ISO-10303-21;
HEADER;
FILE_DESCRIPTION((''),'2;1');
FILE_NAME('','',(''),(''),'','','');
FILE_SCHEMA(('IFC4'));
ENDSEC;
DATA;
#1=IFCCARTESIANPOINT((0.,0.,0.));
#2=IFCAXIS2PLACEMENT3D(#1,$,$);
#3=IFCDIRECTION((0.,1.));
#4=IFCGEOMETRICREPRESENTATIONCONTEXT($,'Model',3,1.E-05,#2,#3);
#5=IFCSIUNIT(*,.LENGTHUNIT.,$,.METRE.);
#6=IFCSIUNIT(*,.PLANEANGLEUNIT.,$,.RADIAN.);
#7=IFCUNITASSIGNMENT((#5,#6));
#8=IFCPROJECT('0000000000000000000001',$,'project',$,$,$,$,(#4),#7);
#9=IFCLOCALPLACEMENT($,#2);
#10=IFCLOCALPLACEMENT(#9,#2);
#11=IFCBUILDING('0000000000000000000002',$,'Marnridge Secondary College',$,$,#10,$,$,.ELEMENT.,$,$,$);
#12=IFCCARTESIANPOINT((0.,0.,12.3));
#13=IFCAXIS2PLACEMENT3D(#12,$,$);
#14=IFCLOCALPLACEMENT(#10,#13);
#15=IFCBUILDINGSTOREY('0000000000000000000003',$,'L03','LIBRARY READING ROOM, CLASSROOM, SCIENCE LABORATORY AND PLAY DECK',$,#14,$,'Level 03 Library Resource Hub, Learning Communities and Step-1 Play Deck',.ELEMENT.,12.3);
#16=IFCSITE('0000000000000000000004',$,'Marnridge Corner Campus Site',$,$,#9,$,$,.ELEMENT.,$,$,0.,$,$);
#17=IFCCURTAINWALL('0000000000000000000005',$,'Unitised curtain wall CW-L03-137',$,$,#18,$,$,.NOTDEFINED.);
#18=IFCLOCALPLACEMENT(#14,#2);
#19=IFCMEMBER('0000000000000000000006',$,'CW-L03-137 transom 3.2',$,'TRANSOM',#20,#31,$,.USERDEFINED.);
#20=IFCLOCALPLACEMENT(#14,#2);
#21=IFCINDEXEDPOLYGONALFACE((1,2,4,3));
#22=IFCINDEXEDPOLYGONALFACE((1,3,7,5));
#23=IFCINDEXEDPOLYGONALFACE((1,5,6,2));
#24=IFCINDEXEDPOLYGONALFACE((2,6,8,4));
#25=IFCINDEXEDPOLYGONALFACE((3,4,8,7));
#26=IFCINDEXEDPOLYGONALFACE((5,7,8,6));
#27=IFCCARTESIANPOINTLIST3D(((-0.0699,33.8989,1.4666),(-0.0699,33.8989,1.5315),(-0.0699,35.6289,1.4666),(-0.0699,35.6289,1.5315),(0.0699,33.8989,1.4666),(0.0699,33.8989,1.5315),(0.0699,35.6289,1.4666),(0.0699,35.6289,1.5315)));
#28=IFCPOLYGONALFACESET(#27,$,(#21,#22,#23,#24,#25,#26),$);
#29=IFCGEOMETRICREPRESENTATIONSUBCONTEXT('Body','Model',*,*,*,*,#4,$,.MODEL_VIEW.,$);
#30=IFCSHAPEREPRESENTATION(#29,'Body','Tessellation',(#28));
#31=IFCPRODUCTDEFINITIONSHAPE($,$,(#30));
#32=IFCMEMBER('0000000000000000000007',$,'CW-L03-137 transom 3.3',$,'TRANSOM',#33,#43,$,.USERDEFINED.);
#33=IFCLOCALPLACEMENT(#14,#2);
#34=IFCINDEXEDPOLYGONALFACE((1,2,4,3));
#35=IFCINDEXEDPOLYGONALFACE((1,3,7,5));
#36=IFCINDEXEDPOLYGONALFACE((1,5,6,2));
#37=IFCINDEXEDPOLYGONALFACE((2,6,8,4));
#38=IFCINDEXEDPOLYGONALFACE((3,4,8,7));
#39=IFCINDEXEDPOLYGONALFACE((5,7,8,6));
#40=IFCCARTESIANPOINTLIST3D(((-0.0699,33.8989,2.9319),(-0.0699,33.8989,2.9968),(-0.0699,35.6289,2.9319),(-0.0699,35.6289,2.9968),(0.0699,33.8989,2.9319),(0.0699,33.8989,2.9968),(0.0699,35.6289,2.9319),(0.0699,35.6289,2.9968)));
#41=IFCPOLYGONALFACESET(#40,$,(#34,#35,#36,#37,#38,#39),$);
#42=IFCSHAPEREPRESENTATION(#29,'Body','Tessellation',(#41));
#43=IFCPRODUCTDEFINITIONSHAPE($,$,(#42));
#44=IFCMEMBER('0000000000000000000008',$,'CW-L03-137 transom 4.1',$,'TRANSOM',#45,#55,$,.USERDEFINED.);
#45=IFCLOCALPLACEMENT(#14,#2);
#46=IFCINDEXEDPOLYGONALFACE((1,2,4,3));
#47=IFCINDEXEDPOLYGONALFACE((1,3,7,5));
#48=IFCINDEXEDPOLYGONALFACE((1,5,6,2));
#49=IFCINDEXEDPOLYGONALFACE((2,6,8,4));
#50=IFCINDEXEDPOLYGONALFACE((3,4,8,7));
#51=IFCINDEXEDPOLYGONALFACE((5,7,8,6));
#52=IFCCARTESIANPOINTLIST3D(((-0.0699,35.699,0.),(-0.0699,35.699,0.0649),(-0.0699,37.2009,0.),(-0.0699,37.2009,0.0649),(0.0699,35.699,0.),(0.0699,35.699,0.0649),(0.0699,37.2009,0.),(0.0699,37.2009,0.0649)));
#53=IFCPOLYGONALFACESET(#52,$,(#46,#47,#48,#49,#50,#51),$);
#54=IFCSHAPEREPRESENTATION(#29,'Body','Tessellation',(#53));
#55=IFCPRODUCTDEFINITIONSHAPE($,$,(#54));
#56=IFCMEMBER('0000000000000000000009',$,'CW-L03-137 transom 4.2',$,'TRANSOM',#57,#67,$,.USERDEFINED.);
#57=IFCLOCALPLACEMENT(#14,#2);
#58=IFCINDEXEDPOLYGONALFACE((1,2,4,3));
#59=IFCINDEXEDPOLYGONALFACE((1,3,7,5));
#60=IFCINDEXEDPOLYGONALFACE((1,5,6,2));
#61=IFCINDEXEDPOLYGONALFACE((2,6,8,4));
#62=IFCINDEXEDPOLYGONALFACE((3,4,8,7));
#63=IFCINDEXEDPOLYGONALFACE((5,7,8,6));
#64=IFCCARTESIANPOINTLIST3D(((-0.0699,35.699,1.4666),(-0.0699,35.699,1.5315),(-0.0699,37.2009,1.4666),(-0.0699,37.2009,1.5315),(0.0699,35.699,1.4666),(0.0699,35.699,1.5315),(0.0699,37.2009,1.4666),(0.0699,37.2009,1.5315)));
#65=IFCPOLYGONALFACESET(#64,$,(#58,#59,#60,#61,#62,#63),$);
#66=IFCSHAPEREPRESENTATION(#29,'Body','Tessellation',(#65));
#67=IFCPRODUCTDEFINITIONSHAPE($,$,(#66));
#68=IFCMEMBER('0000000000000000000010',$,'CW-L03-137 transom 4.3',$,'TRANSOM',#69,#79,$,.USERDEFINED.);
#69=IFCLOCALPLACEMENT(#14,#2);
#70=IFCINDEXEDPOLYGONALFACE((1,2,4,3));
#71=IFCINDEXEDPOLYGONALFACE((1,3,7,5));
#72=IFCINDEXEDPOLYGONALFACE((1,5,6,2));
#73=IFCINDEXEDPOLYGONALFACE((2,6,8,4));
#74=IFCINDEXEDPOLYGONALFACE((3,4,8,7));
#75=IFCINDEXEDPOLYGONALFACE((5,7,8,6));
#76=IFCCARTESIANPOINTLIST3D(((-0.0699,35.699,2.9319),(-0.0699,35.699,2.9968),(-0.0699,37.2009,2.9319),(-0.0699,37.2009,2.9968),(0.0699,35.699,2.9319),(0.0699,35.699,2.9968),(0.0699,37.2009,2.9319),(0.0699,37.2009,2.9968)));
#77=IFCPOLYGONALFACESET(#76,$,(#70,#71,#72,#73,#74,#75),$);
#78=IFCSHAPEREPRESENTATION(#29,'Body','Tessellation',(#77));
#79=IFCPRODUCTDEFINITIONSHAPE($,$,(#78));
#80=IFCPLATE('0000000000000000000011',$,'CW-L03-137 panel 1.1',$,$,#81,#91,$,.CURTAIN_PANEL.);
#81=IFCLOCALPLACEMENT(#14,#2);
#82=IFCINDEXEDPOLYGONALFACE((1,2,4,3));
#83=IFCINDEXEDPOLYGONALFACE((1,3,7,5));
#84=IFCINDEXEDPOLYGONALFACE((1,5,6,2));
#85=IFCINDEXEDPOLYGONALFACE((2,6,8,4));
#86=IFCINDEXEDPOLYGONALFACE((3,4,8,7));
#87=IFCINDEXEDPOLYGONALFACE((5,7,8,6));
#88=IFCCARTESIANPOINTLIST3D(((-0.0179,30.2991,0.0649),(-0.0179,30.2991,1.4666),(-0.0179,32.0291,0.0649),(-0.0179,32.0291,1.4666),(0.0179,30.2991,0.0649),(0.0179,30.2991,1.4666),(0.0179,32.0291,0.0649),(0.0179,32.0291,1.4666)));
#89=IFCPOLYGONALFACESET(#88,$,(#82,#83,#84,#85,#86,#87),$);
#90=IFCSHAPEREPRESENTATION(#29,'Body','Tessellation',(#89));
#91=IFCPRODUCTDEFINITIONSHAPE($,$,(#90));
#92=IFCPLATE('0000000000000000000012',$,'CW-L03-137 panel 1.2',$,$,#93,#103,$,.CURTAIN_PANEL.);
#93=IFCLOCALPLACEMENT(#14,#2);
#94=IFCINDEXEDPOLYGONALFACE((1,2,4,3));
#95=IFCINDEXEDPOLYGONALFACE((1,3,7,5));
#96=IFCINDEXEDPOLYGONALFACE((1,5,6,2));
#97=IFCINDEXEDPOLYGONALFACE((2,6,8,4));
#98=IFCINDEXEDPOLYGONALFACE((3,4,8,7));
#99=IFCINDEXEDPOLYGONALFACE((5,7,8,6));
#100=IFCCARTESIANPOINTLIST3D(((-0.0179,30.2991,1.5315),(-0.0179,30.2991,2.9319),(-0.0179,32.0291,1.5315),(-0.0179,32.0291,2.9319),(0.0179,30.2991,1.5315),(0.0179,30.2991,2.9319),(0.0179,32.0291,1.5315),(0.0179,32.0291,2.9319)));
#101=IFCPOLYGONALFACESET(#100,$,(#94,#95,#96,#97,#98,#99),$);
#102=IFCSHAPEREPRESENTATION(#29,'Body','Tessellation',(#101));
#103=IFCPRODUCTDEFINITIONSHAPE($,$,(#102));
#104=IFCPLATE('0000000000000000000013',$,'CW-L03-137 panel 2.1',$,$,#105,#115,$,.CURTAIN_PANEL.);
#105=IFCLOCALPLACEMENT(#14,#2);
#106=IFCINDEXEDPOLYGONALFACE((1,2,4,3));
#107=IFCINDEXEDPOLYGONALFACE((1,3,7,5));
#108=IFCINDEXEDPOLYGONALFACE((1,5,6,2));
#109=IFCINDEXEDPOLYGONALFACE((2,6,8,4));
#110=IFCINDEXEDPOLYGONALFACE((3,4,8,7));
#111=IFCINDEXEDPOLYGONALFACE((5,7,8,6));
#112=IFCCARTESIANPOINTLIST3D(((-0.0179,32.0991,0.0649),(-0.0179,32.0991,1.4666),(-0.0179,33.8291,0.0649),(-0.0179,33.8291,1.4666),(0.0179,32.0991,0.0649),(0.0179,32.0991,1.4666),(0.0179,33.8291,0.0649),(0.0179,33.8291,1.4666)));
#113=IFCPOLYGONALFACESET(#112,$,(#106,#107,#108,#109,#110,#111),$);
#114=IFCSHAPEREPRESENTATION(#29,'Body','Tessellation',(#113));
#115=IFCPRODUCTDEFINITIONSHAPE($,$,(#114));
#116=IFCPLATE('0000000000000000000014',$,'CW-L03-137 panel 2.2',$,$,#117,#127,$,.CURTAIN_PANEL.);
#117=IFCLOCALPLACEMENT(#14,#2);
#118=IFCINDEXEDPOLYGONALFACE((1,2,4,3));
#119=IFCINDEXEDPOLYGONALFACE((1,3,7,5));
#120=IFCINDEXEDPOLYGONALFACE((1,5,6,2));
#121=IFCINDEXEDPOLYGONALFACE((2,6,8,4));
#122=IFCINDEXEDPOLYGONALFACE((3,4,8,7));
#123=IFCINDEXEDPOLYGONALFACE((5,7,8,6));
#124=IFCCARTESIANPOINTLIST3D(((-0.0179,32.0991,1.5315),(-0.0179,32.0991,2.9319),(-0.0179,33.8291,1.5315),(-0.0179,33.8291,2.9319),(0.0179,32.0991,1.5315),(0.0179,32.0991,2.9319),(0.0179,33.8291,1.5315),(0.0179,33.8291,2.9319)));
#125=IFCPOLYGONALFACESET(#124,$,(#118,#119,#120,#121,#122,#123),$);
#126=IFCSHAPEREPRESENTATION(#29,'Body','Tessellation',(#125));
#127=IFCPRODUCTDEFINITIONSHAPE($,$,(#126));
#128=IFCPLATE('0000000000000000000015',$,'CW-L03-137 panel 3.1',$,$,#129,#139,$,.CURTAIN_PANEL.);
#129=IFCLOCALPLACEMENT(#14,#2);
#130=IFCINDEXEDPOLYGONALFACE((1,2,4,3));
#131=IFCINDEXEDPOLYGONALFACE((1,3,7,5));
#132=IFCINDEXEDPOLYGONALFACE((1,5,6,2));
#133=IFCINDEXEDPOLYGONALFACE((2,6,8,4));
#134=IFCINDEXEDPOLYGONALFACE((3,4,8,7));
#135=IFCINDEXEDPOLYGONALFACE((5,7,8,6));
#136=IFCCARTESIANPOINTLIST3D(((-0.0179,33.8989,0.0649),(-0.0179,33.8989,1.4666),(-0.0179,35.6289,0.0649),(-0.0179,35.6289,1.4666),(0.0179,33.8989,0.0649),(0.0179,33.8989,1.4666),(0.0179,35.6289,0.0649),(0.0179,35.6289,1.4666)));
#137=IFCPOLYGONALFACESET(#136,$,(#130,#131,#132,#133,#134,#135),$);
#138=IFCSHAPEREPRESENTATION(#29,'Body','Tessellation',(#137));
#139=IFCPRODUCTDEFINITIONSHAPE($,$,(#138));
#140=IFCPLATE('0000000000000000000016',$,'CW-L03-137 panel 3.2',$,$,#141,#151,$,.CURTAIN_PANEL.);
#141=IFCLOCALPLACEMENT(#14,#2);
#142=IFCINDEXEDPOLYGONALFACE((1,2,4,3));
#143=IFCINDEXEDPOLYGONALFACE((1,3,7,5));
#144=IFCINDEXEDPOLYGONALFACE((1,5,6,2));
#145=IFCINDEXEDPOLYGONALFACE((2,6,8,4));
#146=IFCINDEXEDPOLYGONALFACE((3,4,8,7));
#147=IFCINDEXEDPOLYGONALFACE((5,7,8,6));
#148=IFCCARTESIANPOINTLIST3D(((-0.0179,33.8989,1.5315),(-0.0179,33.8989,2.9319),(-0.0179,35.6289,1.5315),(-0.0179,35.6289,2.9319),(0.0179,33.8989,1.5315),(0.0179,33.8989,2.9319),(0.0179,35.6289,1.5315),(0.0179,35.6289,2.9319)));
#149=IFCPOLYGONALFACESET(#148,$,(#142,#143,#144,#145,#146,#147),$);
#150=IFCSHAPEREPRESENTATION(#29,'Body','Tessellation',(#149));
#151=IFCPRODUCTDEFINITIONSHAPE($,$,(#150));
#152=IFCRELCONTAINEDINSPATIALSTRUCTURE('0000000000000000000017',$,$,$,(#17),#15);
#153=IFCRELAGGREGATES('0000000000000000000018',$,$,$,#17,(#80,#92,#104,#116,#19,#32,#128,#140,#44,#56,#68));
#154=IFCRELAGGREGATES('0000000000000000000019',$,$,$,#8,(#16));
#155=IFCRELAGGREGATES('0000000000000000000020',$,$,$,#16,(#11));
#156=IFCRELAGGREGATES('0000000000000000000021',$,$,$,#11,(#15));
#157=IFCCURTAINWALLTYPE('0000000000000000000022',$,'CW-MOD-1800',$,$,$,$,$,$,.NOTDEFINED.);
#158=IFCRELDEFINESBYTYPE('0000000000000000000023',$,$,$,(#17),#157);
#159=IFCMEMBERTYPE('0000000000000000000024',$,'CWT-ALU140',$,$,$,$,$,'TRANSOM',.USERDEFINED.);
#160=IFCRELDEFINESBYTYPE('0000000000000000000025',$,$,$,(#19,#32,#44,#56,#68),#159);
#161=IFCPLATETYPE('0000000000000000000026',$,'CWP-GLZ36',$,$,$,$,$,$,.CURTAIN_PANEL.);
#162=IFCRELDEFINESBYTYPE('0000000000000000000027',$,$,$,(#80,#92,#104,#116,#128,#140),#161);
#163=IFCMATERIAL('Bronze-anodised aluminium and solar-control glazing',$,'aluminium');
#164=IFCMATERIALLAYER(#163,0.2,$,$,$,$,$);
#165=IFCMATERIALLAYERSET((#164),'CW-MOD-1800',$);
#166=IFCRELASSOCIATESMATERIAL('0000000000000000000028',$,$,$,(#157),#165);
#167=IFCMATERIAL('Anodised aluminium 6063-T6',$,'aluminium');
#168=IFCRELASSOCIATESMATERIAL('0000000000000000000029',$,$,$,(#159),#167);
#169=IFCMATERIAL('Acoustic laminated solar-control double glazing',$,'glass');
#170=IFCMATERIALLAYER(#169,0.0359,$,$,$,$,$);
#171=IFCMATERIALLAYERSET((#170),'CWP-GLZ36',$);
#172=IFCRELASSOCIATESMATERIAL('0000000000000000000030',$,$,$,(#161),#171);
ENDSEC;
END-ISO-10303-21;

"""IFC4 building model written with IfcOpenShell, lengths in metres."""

from ifc_helpers import new_model, si_unit, direction, frame, origin, origin_2d, place, context, subcontext, project, spatial, rectangle, extrude, material, layer, layer_set, material_profile, profile_set, type_object, element, aggregate, save


model = new_model("IFC4")

# Units and contexts
model_context = context("Model", 3, precision=1e-05, world=origin(), true_north=direction((0.0, 1.0)))
body_context = subcontext(model_context, "Body", "Model", "MODEL_VIEW")
ifc_project = project(units=[si_unit("LENGTHUNIT", "METRE"), si_unit("PLANEANGLEUNIT", "RADIAN")], contexts=[model_context])

# Site, building, storey
site_placement = place(None, origin())
site = spatial("IfcSite", under=ifc_project, at=site_placement, Name="Marnridge Corner Campus Site", CompositionType="ELEMENT", RefElevation=0.0)
building_placement = place(site_placement, origin())
building = spatial("IfcBuilding", under=site, at=building_placement, Name="Marnridge Secondary College", CompositionType="ELEMENT")
storey_placement = place(building_placement, frame((0.0, 0.0, 12.3)))
storey = spatial("IfcBuildingStorey", under=building, at=storey_placement, Name="L03", Description="LIBRARY READING ROOM, CLASSROOM, SCIENCE LABORATORY AND PLAY DECK", LongName="Level 03 Library Resource Hub, Learning Communities and Step-1 Play Deck", CompositionType="ELEMENT", Elevation=12.3)

# Shared definitions
ifc_material_1 = material(Name="Bronze-anodised aluminium and solar-control glazing", Category="aluminium")
ifc_layer_1 = layer(ifc_material_1, 0.2)
ifc_layer_set_1 = layer_set([ifc_layer_1], Name="CW-MOD-1800")
curtain_wall_type = type_object("IfcCurtainWallType", Name="CW-MOD-1800", PredefinedType="NOTDEFINED", material=ifc_layer_set_1)

# Curtain wall, members, plates
curtain_wall_1_placement = place(storey_placement, origin())
curtain_wall_1 = element("IfcCurtainWall", 1, at=curtain_wall_1_placement, inside=storey, type_object=curtain_wall_type, Name="Unitised curtain wall CW-L03-137", PredefinedType="NOTDEFINED")
ifc_material_2 = material(Name="Anodised aluminium 6063-T6", Category="aluminium")
ifc_material_profile_1 = material_profile(ifc_material_2, rectangle(XDim=0.0649, YDim=0.1399, at=origin_2d()), Name="ALU 65x140")
ifc_profile_set_1 = profile_set([ifc_material_profile_1], Name="Anodised aluminium 6063-T6")
member_type_1 = type_object("IfcMemberType", Name="CWT-ALU140", ElementType="TRANSOM", PredefinedType="USERDEFINED", material=ifc_profile_set_1)
member_1_placement = place(storey_placement, frame((0.0, 33.8989, 1.499), z_axis=(0.0, 1.0, 0.0), x_axis=(0.0, 0.0, 1.0)))
member_1 = element("IfcMember", 2, at=member_1_placement, type_object=member_type_1, Name="CW-L03-137 transom 3.2", ObjectType="TRANSOM", PredefinedType="USERDEFINED", context=body_context, shape_type="SweptSolid", body=[
    extrude(rectangle(XDim=0.0649, YDim=0.1399, at=origin_2d()), origin(), (0.0, 0.0, 1.0), 1.73),
])
member_2_placement = place(storey_placement, frame((0.0, 33.8989, 2.9644), z_axis=(0.0, 1.0, 0.0), x_axis=(0.0, 0.0, 1.0)))
member_2 = element("IfcMember", 3, at=member_2_placement, type_object=member_type_1, Name="CW-L03-137 transom 3.3", ObjectType="TRANSOM", PredefinedType="USERDEFINED", context=body_context, shape_type="SweptSolid", body=[
    extrude(rectangle(XDim=0.0649, YDim=0.1399, at=origin_2d()), origin(), (0.0, 0.0, 1.0), 1.73),
])
member_3_placement = place(storey_placement, frame((0.0, 35.699, 0.0325), z_axis=(0.0, 1.0, 0.0), x_axis=(0.0, 0.0, 1.0)))
member_3 = element("IfcMember", 4, at=member_3_placement, type_object=member_type_1, Name="CW-L03-137 transom 4.1", ObjectType="TRANSOM", PredefinedType="USERDEFINED", context=body_context, shape_type="SweptSolid", body=[
    extrude(rectangle(XDim=0.0649, YDim=0.1399, at=origin_2d()), origin(), (0.0, 0.0, 1.0), 1.502),
])
member_4_placement = place(storey_placement, frame((0.0, 35.699, 1.499), z_axis=(0.0, 1.0, 0.0), x_axis=(0.0, 0.0, 1.0)))
member_4 = element("IfcMember", 5, at=member_4_placement, type_object=member_type_1, Name="CW-L03-137 transom 4.2", ObjectType="TRANSOM", PredefinedType="USERDEFINED", context=body_context, shape_type="SweptSolid", body=[
    extrude(rectangle(XDim=0.0649, YDim=0.1399, at=origin_2d()), origin(), (0.0, 0.0, 1.0), 1.502),
])
member_5_placement = place(storey_placement, frame((0.0, 35.699, 2.9644), z_axis=(0.0, 1.0, 0.0), x_axis=(0.0, 0.0, 1.0)))
member_5 = element("IfcMember", 6, at=member_5_placement, type_object=member_type_1, Name="CW-L03-137 transom 4.3", ObjectType="TRANSOM", PredefinedType="USERDEFINED", context=body_context, shape_type="SweptSolid", body=[
    extrude(rectangle(XDim=0.0649, YDim=0.1399, at=origin_2d()), origin(), (0.0, 0.0, 1.0), 1.502),
])
ifc_material_3 = material(Name="Acoustic laminated solar-control double glazing", Category="glass")
ifc_layer_2 = layer(ifc_material_3, 0.0359)
ifc_layer_set_2 = layer_set([ifc_layer_2], Name="CWP-GLZ36")
plate_type = type_object("IfcPlateType", Name="CWP-GLZ36", PredefinedType="CURTAIN_PANEL", material=ifc_layer_set_2)
plate_1_placement = place(storey_placement, frame((0.0, 31.1641, 0.0649), z_axis=(0.0, 0.0, 1.0), x_axis=(0.0, 1.0, 0.0)))
plate_1 = element("IfcPlate", 7, at=plate_1_placement, type_object=plate_type, Name="CW-L03-137 panel 1.1", PredefinedType="CURTAIN_PANEL", context=body_context, shape_type="SweptSolid", body=[
    extrude(rectangle(XDim=1.73, YDim=0.0359, at=origin_2d()), origin(), (0.0, 0.0, 1.0), 1.4016),
])
plate_2_placement = place(storey_placement, frame((0.0, 31.1641, 1.5315), z_axis=(0.0, 0.0, 1.0), x_axis=(0.0, 1.0, 0.0)))
plate_2 = element("IfcPlate", 8, at=plate_2_placement, type_object=plate_type, Name="CW-L03-137 panel 1.2", PredefinedType="CURTAIN_PANEL", context=body_context, shape_type="SweptSolid", body=[
    extrude(rectangle(XDim=1.73, YDim=0.0359, at=origin_2d()), origin(), (0.0, 0.0, 1.0), 1.4004),
])
plate_3_placement = place(storey_placement, frame((0.0, 32.9641, 0.0649), z_axis=(0.0, 0.0, 1.0), x_axis=(0.0, 1.0, 0.0)))
plate_3 = element("IfcPlate", 9, at=plate_3_placement, type_object=plate_type, Name="CW-L03-137 panel 2.1", PredefinedType="CURTAIN_PANEL", context=body_context, shape_type="SweptSolid", body=[
    extrude(rectangle(XDim=1.73, YDim=0.0359, at=origin_2d()), origin(), (0.0, 0.0, 1.0), 1.4016),
])
plate_4_placement = place(storey_placement, frame((0.0, 32.9641, 1.5315), z_axis=(0.0, 0.0, 1.0), x_axis=(0.0, 1.0, 0.0)))
plate_4 = element("IfcPlate", 10, at=plate_4_placement, type_object=plate_type, Name="CW-L03-137 panel 2.2", PredefinedType="CURTAIN_PANEL", context=body_context, shape_type="SweptSolid", body=[
    extrude(rectangle(XDim=1.73, YDim=0.0359, at=origin_2d()), origin(), (0.0, 0.0, 1.0), 1.4004),
])
plate_5_placement = place(storey_placement, frame((0.0, 34.7639, 0.0649), z_axis=(0.0, 0.0, 1.0), x_axis=(0.0, 1.0, 0.0)))
plate_5 = element("IfcPlate", 11, at=plate_5_placement, type_object=plate_type, Name="CW-L03-137 panel 3.1", PredefinedType="CURTAIN_PANEL", context=body_context, shape_type="SweptSolid", body=[
    extrude(rectangle(XDim=1.73, YDim=0.0359, at=origin_2d()), origin(), (0.0, 0.0, 1.0), 1.4016),
])
plate_6_placement = place(storey_placement, frame((0.0, 34.7639, 1.5315), z_axis=(0.0, 0.0, 1.0), x_axis=(0.0, 1.0, 0.0)))
plate_6 = element("IfcPlate", 12, at=plate_6_placement, type_object=plate_type, Name="CW-L03-137 panel 3.2", PredefinedType="CURTAIN_PANEL", context=body_context, shape_type="SweptSolid", body=[
    extrude(rectangle(XDim=1.73, YDim=0.0359, at=origin_2d()), origin(), (0.0, 0.0, 1.0), 1.4004),
])
aggregate(curtain_wall_1, [plate_1, plate_2, plate_3, plate_4, member_1, member_2, plate_5, plate_6, member_3, member_4, member_5])

save(model, "model.ifc")
